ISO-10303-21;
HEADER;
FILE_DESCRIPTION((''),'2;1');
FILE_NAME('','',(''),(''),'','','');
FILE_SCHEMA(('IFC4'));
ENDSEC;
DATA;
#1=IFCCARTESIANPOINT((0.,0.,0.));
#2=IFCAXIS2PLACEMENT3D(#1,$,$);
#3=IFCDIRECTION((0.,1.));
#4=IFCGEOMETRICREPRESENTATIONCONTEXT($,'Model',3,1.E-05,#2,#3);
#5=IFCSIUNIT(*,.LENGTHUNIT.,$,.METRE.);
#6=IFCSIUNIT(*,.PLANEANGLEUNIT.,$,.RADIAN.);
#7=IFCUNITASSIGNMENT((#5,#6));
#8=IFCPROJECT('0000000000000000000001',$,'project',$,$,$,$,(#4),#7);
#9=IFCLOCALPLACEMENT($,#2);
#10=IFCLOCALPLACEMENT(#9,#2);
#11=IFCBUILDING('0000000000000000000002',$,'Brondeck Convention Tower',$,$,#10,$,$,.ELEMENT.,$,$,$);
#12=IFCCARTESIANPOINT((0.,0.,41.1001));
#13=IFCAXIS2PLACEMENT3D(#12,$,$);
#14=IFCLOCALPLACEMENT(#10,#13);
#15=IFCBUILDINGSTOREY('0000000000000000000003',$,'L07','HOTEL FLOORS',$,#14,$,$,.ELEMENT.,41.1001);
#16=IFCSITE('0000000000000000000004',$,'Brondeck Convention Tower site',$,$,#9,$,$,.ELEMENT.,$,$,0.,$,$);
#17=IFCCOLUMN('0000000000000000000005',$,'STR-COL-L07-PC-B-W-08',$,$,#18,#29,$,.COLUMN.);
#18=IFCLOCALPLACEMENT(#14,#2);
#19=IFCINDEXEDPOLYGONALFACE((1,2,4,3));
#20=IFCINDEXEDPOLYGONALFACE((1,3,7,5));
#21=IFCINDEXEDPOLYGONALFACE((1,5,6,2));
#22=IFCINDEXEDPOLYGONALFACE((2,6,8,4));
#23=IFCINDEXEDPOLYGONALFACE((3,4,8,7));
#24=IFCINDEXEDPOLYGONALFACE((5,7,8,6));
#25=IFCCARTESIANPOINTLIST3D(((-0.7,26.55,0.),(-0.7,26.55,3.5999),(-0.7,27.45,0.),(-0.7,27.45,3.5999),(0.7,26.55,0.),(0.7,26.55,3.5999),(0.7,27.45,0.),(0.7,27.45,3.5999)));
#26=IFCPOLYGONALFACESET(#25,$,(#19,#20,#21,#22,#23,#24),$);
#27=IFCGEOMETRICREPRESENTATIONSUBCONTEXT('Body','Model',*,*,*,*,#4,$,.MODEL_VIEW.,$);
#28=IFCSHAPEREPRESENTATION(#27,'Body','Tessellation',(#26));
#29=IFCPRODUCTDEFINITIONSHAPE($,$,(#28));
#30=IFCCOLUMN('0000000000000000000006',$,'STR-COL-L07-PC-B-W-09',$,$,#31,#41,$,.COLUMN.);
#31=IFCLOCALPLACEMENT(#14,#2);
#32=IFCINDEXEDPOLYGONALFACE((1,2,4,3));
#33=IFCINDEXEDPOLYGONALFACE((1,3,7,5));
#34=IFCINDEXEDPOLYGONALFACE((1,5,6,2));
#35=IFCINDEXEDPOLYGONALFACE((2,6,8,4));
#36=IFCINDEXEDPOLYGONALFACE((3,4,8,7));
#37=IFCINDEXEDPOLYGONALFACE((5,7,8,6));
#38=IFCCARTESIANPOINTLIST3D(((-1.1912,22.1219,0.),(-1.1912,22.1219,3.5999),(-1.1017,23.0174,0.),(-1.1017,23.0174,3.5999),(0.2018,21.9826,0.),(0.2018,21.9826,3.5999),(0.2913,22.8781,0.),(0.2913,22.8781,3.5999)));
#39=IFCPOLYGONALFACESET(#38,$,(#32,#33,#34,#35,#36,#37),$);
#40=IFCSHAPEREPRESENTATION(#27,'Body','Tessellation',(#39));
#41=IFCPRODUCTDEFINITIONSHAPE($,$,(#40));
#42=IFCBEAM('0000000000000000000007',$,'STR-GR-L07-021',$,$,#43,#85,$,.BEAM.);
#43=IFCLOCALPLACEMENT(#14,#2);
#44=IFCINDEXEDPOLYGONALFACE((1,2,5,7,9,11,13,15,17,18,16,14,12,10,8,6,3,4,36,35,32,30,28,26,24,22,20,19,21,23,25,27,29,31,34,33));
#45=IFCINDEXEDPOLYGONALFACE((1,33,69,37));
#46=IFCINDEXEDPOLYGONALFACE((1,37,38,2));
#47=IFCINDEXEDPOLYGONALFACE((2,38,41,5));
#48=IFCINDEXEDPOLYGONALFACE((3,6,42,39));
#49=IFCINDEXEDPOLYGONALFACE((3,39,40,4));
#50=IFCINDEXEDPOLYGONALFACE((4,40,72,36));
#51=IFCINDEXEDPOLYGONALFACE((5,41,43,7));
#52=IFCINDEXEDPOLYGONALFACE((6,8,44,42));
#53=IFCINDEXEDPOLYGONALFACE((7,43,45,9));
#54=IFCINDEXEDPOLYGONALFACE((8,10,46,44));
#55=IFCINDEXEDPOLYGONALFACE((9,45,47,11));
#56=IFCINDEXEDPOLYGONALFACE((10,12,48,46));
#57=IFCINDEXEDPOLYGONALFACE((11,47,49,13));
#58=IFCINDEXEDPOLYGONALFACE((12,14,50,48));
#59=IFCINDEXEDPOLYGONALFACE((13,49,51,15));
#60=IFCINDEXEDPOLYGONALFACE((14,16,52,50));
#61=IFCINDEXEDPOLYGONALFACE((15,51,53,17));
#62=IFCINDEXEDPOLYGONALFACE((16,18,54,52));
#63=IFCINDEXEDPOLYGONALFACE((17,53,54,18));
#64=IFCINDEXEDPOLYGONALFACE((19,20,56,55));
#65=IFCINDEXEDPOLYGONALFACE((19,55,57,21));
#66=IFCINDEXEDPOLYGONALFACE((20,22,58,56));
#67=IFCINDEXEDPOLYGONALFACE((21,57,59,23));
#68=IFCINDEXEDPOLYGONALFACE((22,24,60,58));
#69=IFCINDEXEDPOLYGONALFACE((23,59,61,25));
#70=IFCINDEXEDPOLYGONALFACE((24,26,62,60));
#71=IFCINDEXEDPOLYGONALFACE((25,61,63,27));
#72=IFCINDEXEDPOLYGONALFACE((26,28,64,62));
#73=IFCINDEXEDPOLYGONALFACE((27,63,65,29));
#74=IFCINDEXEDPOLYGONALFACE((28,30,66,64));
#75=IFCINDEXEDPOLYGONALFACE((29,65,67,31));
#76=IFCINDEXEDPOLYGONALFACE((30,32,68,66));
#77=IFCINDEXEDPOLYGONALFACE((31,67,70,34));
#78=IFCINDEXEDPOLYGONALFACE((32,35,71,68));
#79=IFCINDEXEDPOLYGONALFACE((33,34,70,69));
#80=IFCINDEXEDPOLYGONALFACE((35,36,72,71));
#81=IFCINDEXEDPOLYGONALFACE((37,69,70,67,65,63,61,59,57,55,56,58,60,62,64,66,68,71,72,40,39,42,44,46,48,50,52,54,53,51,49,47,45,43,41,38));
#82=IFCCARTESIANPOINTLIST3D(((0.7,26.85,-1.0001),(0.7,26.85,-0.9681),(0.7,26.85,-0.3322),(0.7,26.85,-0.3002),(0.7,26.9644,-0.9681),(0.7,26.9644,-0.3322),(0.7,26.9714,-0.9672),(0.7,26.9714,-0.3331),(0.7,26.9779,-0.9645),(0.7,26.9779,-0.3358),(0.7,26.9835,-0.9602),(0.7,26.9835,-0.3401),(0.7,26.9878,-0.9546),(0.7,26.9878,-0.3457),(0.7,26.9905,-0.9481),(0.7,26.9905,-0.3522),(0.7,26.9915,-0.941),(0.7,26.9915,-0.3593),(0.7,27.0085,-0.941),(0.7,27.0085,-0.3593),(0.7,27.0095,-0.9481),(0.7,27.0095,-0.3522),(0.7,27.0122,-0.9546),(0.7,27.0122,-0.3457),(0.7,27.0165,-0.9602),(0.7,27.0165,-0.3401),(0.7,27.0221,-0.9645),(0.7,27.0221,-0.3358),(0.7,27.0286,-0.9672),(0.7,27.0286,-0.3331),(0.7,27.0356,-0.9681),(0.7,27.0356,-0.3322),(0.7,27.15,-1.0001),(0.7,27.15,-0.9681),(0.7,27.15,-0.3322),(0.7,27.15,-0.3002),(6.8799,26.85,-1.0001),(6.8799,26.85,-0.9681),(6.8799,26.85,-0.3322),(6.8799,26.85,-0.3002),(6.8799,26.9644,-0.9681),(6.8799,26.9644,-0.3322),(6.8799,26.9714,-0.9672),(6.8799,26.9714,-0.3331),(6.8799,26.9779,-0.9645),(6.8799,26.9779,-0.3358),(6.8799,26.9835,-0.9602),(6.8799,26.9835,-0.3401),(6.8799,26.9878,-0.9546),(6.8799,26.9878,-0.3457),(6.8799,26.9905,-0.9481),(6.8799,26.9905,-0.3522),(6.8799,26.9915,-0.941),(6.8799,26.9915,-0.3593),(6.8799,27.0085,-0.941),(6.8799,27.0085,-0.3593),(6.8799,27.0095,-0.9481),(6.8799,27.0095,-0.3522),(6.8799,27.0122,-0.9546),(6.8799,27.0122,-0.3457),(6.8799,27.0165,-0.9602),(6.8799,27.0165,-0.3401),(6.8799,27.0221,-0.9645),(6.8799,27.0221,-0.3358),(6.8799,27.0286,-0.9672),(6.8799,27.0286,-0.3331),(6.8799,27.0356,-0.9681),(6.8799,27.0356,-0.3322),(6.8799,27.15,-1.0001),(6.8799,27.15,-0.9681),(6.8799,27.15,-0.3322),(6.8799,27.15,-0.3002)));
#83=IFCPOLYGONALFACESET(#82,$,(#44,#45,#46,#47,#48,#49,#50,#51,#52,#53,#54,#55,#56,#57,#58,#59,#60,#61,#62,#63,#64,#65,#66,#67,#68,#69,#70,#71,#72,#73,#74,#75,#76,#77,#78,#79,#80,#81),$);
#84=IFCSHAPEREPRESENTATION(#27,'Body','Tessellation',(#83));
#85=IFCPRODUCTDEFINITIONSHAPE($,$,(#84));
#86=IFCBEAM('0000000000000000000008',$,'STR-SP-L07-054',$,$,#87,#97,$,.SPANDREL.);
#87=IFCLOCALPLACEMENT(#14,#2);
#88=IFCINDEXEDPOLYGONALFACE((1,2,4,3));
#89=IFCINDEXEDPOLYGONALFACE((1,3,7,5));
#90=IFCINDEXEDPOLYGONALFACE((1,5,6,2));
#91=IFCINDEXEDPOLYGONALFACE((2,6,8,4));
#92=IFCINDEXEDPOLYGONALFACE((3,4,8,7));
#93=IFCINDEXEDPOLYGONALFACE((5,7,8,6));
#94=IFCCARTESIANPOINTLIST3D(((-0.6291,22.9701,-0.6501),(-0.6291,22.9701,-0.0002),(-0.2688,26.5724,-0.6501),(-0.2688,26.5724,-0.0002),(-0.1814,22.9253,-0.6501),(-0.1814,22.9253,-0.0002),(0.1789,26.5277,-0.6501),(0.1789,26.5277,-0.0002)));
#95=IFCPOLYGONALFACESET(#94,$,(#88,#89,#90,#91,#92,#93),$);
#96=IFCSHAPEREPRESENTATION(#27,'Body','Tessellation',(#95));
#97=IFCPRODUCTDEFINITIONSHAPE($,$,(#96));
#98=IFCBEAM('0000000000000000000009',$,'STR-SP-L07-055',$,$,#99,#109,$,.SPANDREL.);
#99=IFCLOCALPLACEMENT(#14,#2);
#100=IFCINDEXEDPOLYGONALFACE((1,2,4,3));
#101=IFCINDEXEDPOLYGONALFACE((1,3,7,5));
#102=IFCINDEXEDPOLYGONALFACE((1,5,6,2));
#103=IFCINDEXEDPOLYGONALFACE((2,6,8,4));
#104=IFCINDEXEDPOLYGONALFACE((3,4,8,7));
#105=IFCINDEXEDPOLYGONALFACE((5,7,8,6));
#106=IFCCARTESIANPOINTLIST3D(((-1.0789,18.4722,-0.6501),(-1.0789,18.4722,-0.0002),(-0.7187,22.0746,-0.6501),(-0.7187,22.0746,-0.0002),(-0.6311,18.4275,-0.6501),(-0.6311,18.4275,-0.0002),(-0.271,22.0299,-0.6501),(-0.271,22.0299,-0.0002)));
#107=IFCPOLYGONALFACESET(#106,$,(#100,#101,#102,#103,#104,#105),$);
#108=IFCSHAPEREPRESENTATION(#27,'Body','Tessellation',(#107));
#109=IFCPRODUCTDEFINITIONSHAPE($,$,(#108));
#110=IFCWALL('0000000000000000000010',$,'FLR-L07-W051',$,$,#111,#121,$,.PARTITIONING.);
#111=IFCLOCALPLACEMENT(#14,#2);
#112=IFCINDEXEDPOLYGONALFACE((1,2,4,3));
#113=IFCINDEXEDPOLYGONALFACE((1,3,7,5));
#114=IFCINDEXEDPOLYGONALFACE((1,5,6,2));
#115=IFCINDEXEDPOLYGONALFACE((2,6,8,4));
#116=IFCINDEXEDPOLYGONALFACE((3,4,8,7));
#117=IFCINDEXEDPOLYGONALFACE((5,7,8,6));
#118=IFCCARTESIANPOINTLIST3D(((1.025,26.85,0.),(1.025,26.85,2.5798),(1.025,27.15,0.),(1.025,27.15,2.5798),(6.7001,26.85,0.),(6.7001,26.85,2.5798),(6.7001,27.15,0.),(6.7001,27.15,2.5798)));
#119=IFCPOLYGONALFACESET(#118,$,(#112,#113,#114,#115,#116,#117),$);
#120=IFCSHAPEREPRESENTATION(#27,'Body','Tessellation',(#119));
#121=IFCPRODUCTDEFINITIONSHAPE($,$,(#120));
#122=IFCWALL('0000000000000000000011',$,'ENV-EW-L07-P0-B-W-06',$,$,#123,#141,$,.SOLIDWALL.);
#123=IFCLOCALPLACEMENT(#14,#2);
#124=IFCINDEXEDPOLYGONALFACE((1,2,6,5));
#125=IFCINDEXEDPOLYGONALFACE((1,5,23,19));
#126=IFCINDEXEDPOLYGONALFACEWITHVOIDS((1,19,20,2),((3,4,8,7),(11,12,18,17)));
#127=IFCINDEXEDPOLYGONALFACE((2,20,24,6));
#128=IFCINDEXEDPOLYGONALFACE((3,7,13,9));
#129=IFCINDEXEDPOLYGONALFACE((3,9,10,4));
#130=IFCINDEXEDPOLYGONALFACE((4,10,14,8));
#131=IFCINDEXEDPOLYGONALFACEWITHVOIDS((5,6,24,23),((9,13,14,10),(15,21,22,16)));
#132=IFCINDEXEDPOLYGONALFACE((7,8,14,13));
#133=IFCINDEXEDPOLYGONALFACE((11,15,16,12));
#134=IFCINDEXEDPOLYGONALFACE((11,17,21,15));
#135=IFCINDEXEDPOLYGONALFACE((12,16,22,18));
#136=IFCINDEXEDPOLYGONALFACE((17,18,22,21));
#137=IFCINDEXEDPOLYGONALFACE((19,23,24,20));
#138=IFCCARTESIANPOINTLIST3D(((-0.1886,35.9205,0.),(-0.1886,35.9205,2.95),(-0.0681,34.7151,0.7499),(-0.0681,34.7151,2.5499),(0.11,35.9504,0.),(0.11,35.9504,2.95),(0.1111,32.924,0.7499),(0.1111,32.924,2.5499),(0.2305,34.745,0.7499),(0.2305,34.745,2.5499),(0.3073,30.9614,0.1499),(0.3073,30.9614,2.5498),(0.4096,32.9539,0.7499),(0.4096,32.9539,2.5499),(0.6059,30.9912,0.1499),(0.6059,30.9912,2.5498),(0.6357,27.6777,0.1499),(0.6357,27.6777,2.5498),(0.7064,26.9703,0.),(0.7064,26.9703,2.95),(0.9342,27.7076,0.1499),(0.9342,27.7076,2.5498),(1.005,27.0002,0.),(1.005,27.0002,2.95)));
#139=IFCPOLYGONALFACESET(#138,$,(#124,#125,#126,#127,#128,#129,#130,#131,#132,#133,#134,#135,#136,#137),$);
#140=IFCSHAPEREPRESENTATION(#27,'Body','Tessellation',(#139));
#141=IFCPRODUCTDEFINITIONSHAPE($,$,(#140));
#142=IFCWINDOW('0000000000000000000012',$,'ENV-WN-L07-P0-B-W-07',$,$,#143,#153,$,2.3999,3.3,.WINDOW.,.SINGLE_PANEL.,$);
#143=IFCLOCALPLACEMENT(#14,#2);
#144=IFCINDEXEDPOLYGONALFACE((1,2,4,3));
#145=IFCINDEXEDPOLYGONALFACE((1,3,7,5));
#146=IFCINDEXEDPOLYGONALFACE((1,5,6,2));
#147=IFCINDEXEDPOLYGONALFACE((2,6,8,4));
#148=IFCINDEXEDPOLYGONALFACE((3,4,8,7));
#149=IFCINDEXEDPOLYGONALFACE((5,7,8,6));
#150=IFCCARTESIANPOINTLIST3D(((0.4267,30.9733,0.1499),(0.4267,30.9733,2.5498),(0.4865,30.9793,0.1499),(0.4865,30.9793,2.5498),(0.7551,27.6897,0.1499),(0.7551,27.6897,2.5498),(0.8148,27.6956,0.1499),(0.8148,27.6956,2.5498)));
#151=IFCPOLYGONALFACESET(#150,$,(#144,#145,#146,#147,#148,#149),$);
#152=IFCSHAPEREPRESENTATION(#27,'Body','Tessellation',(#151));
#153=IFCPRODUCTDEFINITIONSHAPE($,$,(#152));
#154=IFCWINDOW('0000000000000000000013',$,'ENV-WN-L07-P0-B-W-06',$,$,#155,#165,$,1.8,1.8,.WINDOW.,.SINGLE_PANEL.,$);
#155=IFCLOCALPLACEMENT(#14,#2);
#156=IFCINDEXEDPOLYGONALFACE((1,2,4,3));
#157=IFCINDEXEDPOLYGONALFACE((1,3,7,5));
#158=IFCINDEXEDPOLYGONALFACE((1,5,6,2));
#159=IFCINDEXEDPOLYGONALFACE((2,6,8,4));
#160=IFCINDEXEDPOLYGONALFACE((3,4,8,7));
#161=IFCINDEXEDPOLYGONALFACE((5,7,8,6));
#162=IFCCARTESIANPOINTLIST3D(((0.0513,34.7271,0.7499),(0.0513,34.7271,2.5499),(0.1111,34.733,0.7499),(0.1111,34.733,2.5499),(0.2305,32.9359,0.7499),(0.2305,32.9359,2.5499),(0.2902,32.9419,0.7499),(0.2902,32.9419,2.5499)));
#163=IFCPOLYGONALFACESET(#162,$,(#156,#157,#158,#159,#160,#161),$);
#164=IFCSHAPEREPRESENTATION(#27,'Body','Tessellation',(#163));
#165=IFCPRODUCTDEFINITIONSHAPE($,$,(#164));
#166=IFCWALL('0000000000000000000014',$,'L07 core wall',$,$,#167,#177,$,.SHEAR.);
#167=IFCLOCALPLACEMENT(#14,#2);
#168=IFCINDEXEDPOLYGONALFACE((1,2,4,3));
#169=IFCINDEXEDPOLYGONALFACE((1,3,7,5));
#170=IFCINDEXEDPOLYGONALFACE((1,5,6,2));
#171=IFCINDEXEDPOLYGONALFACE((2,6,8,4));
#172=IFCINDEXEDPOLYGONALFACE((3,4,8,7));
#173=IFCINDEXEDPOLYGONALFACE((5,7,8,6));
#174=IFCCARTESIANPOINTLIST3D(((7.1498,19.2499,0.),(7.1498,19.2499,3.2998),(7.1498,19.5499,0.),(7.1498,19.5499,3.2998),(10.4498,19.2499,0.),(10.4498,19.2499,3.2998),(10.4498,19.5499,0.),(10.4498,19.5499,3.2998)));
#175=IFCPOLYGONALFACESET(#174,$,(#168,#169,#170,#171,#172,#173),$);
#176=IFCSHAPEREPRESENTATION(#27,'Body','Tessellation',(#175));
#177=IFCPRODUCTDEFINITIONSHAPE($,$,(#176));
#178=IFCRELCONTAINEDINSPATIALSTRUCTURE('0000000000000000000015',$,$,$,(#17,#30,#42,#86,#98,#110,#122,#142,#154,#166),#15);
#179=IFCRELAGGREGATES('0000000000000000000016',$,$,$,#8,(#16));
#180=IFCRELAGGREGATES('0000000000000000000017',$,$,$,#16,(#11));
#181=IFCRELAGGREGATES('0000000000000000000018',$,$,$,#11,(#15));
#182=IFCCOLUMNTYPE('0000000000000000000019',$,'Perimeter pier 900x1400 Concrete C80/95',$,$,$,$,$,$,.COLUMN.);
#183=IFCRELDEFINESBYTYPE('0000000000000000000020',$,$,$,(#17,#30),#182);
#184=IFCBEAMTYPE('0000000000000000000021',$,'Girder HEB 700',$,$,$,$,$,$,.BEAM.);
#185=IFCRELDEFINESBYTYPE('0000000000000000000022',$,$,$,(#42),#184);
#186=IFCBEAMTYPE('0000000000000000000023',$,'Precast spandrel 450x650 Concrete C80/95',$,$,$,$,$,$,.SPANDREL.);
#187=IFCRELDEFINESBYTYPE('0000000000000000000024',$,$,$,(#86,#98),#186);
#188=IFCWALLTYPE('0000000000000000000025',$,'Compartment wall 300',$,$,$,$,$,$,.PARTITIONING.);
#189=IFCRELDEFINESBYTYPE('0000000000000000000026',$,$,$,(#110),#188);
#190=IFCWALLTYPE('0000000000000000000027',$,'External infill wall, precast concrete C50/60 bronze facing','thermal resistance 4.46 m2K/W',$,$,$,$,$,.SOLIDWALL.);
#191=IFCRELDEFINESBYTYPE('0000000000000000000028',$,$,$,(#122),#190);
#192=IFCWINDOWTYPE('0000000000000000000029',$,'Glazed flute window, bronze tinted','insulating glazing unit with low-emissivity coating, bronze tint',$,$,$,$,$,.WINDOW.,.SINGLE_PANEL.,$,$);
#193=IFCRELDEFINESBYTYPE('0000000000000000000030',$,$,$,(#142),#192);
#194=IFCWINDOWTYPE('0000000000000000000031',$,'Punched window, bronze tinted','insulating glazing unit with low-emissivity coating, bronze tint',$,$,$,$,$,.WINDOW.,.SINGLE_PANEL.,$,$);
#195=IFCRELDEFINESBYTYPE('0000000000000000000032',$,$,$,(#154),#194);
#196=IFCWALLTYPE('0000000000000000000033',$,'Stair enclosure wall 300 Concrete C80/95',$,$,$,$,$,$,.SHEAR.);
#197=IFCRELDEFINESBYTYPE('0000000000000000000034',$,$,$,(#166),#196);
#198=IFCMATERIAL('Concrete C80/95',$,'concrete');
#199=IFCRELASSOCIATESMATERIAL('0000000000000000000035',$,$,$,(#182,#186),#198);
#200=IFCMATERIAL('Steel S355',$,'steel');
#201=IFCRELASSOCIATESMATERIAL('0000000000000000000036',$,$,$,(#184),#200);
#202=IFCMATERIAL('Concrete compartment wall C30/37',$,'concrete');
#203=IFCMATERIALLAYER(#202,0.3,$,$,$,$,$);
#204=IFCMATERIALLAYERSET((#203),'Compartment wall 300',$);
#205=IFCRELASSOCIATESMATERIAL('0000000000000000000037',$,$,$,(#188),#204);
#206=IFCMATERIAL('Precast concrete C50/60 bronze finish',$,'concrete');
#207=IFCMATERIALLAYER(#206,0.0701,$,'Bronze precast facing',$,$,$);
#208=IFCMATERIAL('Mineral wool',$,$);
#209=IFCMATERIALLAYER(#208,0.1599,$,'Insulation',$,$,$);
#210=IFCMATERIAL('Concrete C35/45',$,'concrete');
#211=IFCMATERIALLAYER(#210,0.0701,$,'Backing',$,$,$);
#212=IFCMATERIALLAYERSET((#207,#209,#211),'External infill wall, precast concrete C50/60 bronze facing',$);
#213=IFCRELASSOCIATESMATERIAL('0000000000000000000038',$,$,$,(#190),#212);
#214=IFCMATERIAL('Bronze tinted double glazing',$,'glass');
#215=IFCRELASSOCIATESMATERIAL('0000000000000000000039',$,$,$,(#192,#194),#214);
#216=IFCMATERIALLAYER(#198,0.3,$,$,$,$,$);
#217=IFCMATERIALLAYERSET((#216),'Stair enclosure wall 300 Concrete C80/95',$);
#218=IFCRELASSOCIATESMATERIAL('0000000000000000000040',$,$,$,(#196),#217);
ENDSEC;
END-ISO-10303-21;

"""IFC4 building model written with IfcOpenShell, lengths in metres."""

from ifc_helpers import new_model, si_unit, direction, frame, frame_2d, origin, origin_2d, place, context, subcontext, project, spatial, rectangle, i_section, extrude, material, layer, layer_set, material_profile, profile_set, type_object, element, fill, save


model = new_model("IFC4")

# Units and contexts
model_context = context("Model", 3, precision=1e-05, world=origin(), true_north=direction((0.0, 1.0)))
body_context = subcontext(model_context, "Body", "Model", "MODEL_VIEW")
ifc_project = project(units=[si_unit("LENGTHUNIT", "METRE"), si_unit("PLANEANGLEUNIT", "RADIAN")], contexts=[model_context])

# Site, building, storey
site_placement = place(None, origin())
site = spatial("IfcSite", under=ifc_project, at=site_placement, Name="Brondeck Convention Tower site", CompositionType="ELEMENT", RefElevation=0.0)
building_placement = place(site_placement, origin())
building = spatial("IfcBuilding", under=site, at=building_placement, Name="Brondeck Convention Tower", CompositionType="ELEMENT")
storey_placement = place(building_placement, frame((0.0, 0.0, 41.1001)))
storey = spatial("IfcBuildingStorey", under=building, at=storey_placement, Name="L07", Description="HOTEL FLOORS", CompositionType="ELEMENT", Elevation=41.1001)

# Columns
ifc_material_1 = material(Name="Concrete C80/95", Category="concrete")
ifc_material_profile_1 = material_profile(ifc_material_1, rectangle(XDim=0.8999, YDim=1.3999, at=origin_2d()), Name="Perimeter pier 900x1400 Concrete C80/95")
ifc_profile_set_1 = profile_set([ifc_material_profile_1], Name="Concrete C80/95")
column_type = type_object("IfcColumnType", Name="Perimeter pier 900x1400 Concrete C80/95", PredefinedType="COLUMN", material=ifc_profile_set_1)
for number, where, z_axis, x_axis, name in (
    (1, (0.0, 27.0, 0.0), (0.0, 0.0, 1.0), (0.0, -1.0, 0.0), "STR-COL-L07-PC-B-W-08"),
    (2, (-0.45, 22.5, 0.0), (0.0, 0.0, 1.0), (-0.099504, -0.995037, 0.0), "STR-COL-L07-PC-B-W-09"),
):
    element("IfcColumn", number, at=place(storey_placement, frame(where, z_axis=z_axis, x_axis=x_axis)), inside=storey, type_object=column_type, Name=name, PredefinedType="COLUMN", context=body_context, shape_type="SweptSolid", body=[
        extrude(rectangle(XDim=0.8999, YDim=1.3999, at=origin_2d()), origin(), (0.0, 0.0, 1.0), 3.5999),
    ])

# Beams
ifc_material_2 = material(Name="Steel S355", Category="steel")
ifc_material_profile_2 = material_profile(ifc_material_2, i_section(OverallWidth=0.3, OverallDepth=0.7, WebThickness=0.0171, FlangeThickness=0.032, FilletRadius=0.0271, at=origin_2d()), Name="HEB 700")
ifc_profile_set_2 = profile_set([ifc_material_profile_2], Name="Steel S355")
beam_type_1 = type_object("IfcBeamType", Name="Girder HEB 700", PredefinedType="BEAM", material=ifc_profile_set_2)
beam_placement = place(storey_placement, frame((0.7, 27.0, -0.6501), z_axis=(1.0, 0.0, 0.0), x_axis=(0.0, 1.0, 0.0)))
element("IfcBeam", 3, at=beam_placement, inside=storey, type_object=beam_type_1, Name="STR-GR-L07-021", PredefinedType="BEAM", context=body_context, shape_type="SweptSolid", body=[
    extrude(i_section(OverallWidth=0.3, OverallDepth=0.7, WebThickness=0.0171, FlangeThickness=0.032, FilletRadius=0.0271, at=origin_2d()), origin(), (0.0, 0.0, 1.0), 6.1799),
])
ifc_material_profile_3 = material_profile(ifc_material_1, rectangle(XDim=0.45, YDim=0.6499, at=origin_2d()), Name="Precast spandrel 450x650 Concrete C80/95")
ifc_profile_set_3 = profile_set([ifc_material_profile_3], Name="Concrete C80/95")
beam_type_2 = type_object("IfcBeamType", Name="Precast spandrel 450x650 Concrete C80/95", PredefinedType="SPANDREL", material=ifc_profile_set_3)
for number, where, z_axis, x_axis, name in (
    (4, (-0.0449, 26.55, -0.3252), (-0.099537, -0.995034, 0.0), (0.995034, -0.099537, 0.0), "STR-SP-L07-054"),
    (5, (-0.4949, 22.0522, -0.3252), (-0.09947, -0.995041, 0.0), (0.995041, -0.09947, 0.0), "STR-SP-L07-055"),
):
    element("IfcBeam", number, at=place(storey_placement, frame(where, z_axis=z_axis, x_axis=x_axis)), inside=storey, type_object=beam_type_2, Name=name, PredefinedType="SPANDREL", context=body_context, shape_type="SweptSolid", body=[
        extrude(rectangle(XDim=0.45, YDim=0.6499, at=origin_2d()), origin(), (0.0, 0.0, 1.0), 3.6204),
    ])

# Wall
ifc_material_3 = material(Name="Concrete compartment wall C30/37", Category="concrete")
ifc_layer_1 = layer(ifc_material_3, 0.3)
ifc_layer_set_1 = layer_set([ifc_layer_1], Name="Compartment wall 300")
wall_type_1 = type_object("IfcWallType", Name="Compartment wall 300", PredefinedType="PARTITIONING", material=ifc_layer_set_1)
wall_1_placement = place(storey_placement, frame((6.7, 27.0, 0.0), z_axis=(0.0, 0.0, 1.0), x_axis=(-1.0, 0.0, 0.0)))
element("IfcWall", 6, at=wall_1_placement, inside=storey, type_object=wall_type_1, Name="FLR-L07-W051", PredefinedType="PARTITIONING", context=body_context, shape_type="SweptSolid", body=[
    extrude(rectangle(XDim=5.675, YDim=0.3, at=frame_2d((2.8374, 0.0))), origin(), (0.0, 0.0, 1.0), 2.5798),
])

# Wall, openings, windows
ifc_material_4 = material(Name="Precast concrete C50/60 bronze finish", Category="concrete")
ifc_layer_2 = layer(ifc_material_4, 0.0701, Name="Bronze precast facing")
ifc_material_5 = material(Name="Mineral wool")
ifc_layer_3 = layer(ifc_material_5, 0.1599, Name="Insulation")
ifc_material_6 = material(Name="Concrete C35/45", Category="concrete")
ifc_layer_4 = layer(ifc_material_6, 0.0701, Name="Backing")
ifc_layer_set_2 = layer_set([ifc_layer_2, ifc_layer_3, ifc_layer_4], Name="External infill wall, precast concrete C50/60 bronze facing")
wall_type_2 = type_object("IfcWallType", Name="External infill wall, precast concrete C50/60 bronze facing", Description="thermal resistance 4.46 m2K/W", PredefinedType="SOLIDWALL", material=ifc_layer_set_2)
wall_2_placement = place(storey_placement, frame((0.8557, 26.9851, 0.0), z_axis=(0.0, 0.0, 1.0), x_axis=(-0.099504, 0.995037, 0.0)))
wall_2 = element("IfcWall", 7, at=wall_2_placement, inside=storey, type_object=wall_type_2, Name="ENV-EW-L07-P0-B-W-06", PredefinedType="SOLIDWALL", context=body_context, shape_type="SweptSolid", body=[
    extrude(rectangle(XDim=8.9949, YDim=0.3, at=frame_2d((4.4976, 0.0))), origin(), (0.0, 0.0, 1.0), 2.95),
])
opening_1_placement = place(wall_2_placement, frame((0.7112, 0.0, 0.1499)))
opening_1 = element("IfcOpeningElement", 8, at=opening_1_placement, cuts=wall_2, PredefinedType="OPENING", context=body_context, shape_type="SweptSolid", body=[
    extrude(rectangle(XDim=3.3, YDim=2.3999, at=frame_2d((1.6499, 1.2))), frame((0.0, 0.1599, 0.0), z_axis=(0.0, -1.0, 0.0), x_axis=(1.0, 0.0, 0.0)), (0.0, 0.0, 1.0), 0.3201),
])
opening_2_placement = place(wall_2_placement, frame((5.9836, 0.0, 0.75)))
opening_2 = element("IfcOpeningElement", 9, at=opening_2_placement, cuts=wall_2, PredefinedType="OPENING", context=body_context, shape_type="SweptSolid", body=[
    extrude(rectangle(XDim=1.8, YDim=1.8, at=frame_2d((0.8999, 0.8999))), frame((0.0, 0.1599, 0.0), z_axis=(0.0, -1.0, 0.0), x_axis=(1.0, 0.0, 0.0)), (0.0, 0.0, 1.0), 0.3201),
])
ifc_material_7 = material(Name="Bronze tinted double glazing", Category="glass")
window_type_1 = type_object("IfcWindowType", Name="Glazed flute window, bronze tinted", Description="insulating glazing unit with low-emissivity coating, bronze tint", PartitioningType="SINGLE_PANEL", PredefinedType="WINDOW", material=ifc_material_7)
window_1_placement = place(opening_1_placement, origin())
window_1 = element("IfcWindow", 10, at=window_1_placement, inside=storey, type_object=window_type_1, Name="ENV-WN-L07-P0-B-W-07", OverallHeight=2.3999, OverallWidth=3.3, PartitioningType="SINGLE_PANEL", PredefinedType="WINDOW", context=body_context, shape_type="SweptSolid", body=[
    extrude(rectangle(XDim=3.3, YDim=2.3999, at=frame_2d((1.6499, 1.2))), frame((0.0, 0.03, 0.0), z_axis=(0.0, -1.0, 0.0), x_axis=(1.0, 0.0, 0.0)), (0.0, 0.0, 1.0), 0.0601),
])
fill(opening_1, window_1)
window_type_2 = type_object("IfcWindowType", Name="Punched window, bronze tinted", Description="insulating glazing unit with low-emissivity coating, bronze tint", PartitioningType="SINGLE_PANEL", PredefinedType="WINDOW", material=ifc_material_7)
window_2_placement = place(opening_2_placement, origin())
window_2 = element("IfcWindow", 11, at=window_2_placement, inside=storey, type_object=window_type_2, Name="ENV-WN-L07-P0-B-W-06", OverallHeight=1.8, OverallWidth=1.8, PartitioningType="SINGLE_PANEL", PredefinedType="WINDOW", context=body_context, shape_type="SweptSolid", body=[
    extrude(rectangle(XDim=1.8, YDim=1.8, at=frame_2d((0.8999, 0.8999))), frame((0.0, 0.03, 0.0), z_axis=(0.0, -1.0, 0.0), x_axis=(1.0, 0.0, 0.0)), (0.0, 0.0, 1.0), 0.0601),
])
fill(opening_2, window_2)

# Wall
ifc_layer_5 = layer(ifc_material_1, 0.3)
ifc_layer_set_3 = layer_set([ifc_layer_5], Name="Stair enclosure wall 300 Concrete C80/95")
wall_type_3 = type_object("IfcWallType", Name="Stair enclosure wall 300 Concrete C80/95", PredefinedType="SHEAR", material=ifc_layer_set_3)
wall_3_placement = place(storey_placement, frame((7.1499, 19.3999, 0.0), z_axis=(0.0, 0.0, 1.0), x_axis=(1.0, 0.0, 0.0)))
element("IfcWall", 12, at=wall_3_placement, inside=storey, type_object=wall_type_3, Name="L07 core wall", PredefinedType="SHEAR", context=body_context, shape_type="SweptSolid", body=[
    extrude(rectangle(XDim=3.3, YDim=0.3, at=frame_2d((1.6499, 0.0))), origin(), (0.0, 0.0, 1.0), 3.2998),
])

save(model, "model.ifc")
